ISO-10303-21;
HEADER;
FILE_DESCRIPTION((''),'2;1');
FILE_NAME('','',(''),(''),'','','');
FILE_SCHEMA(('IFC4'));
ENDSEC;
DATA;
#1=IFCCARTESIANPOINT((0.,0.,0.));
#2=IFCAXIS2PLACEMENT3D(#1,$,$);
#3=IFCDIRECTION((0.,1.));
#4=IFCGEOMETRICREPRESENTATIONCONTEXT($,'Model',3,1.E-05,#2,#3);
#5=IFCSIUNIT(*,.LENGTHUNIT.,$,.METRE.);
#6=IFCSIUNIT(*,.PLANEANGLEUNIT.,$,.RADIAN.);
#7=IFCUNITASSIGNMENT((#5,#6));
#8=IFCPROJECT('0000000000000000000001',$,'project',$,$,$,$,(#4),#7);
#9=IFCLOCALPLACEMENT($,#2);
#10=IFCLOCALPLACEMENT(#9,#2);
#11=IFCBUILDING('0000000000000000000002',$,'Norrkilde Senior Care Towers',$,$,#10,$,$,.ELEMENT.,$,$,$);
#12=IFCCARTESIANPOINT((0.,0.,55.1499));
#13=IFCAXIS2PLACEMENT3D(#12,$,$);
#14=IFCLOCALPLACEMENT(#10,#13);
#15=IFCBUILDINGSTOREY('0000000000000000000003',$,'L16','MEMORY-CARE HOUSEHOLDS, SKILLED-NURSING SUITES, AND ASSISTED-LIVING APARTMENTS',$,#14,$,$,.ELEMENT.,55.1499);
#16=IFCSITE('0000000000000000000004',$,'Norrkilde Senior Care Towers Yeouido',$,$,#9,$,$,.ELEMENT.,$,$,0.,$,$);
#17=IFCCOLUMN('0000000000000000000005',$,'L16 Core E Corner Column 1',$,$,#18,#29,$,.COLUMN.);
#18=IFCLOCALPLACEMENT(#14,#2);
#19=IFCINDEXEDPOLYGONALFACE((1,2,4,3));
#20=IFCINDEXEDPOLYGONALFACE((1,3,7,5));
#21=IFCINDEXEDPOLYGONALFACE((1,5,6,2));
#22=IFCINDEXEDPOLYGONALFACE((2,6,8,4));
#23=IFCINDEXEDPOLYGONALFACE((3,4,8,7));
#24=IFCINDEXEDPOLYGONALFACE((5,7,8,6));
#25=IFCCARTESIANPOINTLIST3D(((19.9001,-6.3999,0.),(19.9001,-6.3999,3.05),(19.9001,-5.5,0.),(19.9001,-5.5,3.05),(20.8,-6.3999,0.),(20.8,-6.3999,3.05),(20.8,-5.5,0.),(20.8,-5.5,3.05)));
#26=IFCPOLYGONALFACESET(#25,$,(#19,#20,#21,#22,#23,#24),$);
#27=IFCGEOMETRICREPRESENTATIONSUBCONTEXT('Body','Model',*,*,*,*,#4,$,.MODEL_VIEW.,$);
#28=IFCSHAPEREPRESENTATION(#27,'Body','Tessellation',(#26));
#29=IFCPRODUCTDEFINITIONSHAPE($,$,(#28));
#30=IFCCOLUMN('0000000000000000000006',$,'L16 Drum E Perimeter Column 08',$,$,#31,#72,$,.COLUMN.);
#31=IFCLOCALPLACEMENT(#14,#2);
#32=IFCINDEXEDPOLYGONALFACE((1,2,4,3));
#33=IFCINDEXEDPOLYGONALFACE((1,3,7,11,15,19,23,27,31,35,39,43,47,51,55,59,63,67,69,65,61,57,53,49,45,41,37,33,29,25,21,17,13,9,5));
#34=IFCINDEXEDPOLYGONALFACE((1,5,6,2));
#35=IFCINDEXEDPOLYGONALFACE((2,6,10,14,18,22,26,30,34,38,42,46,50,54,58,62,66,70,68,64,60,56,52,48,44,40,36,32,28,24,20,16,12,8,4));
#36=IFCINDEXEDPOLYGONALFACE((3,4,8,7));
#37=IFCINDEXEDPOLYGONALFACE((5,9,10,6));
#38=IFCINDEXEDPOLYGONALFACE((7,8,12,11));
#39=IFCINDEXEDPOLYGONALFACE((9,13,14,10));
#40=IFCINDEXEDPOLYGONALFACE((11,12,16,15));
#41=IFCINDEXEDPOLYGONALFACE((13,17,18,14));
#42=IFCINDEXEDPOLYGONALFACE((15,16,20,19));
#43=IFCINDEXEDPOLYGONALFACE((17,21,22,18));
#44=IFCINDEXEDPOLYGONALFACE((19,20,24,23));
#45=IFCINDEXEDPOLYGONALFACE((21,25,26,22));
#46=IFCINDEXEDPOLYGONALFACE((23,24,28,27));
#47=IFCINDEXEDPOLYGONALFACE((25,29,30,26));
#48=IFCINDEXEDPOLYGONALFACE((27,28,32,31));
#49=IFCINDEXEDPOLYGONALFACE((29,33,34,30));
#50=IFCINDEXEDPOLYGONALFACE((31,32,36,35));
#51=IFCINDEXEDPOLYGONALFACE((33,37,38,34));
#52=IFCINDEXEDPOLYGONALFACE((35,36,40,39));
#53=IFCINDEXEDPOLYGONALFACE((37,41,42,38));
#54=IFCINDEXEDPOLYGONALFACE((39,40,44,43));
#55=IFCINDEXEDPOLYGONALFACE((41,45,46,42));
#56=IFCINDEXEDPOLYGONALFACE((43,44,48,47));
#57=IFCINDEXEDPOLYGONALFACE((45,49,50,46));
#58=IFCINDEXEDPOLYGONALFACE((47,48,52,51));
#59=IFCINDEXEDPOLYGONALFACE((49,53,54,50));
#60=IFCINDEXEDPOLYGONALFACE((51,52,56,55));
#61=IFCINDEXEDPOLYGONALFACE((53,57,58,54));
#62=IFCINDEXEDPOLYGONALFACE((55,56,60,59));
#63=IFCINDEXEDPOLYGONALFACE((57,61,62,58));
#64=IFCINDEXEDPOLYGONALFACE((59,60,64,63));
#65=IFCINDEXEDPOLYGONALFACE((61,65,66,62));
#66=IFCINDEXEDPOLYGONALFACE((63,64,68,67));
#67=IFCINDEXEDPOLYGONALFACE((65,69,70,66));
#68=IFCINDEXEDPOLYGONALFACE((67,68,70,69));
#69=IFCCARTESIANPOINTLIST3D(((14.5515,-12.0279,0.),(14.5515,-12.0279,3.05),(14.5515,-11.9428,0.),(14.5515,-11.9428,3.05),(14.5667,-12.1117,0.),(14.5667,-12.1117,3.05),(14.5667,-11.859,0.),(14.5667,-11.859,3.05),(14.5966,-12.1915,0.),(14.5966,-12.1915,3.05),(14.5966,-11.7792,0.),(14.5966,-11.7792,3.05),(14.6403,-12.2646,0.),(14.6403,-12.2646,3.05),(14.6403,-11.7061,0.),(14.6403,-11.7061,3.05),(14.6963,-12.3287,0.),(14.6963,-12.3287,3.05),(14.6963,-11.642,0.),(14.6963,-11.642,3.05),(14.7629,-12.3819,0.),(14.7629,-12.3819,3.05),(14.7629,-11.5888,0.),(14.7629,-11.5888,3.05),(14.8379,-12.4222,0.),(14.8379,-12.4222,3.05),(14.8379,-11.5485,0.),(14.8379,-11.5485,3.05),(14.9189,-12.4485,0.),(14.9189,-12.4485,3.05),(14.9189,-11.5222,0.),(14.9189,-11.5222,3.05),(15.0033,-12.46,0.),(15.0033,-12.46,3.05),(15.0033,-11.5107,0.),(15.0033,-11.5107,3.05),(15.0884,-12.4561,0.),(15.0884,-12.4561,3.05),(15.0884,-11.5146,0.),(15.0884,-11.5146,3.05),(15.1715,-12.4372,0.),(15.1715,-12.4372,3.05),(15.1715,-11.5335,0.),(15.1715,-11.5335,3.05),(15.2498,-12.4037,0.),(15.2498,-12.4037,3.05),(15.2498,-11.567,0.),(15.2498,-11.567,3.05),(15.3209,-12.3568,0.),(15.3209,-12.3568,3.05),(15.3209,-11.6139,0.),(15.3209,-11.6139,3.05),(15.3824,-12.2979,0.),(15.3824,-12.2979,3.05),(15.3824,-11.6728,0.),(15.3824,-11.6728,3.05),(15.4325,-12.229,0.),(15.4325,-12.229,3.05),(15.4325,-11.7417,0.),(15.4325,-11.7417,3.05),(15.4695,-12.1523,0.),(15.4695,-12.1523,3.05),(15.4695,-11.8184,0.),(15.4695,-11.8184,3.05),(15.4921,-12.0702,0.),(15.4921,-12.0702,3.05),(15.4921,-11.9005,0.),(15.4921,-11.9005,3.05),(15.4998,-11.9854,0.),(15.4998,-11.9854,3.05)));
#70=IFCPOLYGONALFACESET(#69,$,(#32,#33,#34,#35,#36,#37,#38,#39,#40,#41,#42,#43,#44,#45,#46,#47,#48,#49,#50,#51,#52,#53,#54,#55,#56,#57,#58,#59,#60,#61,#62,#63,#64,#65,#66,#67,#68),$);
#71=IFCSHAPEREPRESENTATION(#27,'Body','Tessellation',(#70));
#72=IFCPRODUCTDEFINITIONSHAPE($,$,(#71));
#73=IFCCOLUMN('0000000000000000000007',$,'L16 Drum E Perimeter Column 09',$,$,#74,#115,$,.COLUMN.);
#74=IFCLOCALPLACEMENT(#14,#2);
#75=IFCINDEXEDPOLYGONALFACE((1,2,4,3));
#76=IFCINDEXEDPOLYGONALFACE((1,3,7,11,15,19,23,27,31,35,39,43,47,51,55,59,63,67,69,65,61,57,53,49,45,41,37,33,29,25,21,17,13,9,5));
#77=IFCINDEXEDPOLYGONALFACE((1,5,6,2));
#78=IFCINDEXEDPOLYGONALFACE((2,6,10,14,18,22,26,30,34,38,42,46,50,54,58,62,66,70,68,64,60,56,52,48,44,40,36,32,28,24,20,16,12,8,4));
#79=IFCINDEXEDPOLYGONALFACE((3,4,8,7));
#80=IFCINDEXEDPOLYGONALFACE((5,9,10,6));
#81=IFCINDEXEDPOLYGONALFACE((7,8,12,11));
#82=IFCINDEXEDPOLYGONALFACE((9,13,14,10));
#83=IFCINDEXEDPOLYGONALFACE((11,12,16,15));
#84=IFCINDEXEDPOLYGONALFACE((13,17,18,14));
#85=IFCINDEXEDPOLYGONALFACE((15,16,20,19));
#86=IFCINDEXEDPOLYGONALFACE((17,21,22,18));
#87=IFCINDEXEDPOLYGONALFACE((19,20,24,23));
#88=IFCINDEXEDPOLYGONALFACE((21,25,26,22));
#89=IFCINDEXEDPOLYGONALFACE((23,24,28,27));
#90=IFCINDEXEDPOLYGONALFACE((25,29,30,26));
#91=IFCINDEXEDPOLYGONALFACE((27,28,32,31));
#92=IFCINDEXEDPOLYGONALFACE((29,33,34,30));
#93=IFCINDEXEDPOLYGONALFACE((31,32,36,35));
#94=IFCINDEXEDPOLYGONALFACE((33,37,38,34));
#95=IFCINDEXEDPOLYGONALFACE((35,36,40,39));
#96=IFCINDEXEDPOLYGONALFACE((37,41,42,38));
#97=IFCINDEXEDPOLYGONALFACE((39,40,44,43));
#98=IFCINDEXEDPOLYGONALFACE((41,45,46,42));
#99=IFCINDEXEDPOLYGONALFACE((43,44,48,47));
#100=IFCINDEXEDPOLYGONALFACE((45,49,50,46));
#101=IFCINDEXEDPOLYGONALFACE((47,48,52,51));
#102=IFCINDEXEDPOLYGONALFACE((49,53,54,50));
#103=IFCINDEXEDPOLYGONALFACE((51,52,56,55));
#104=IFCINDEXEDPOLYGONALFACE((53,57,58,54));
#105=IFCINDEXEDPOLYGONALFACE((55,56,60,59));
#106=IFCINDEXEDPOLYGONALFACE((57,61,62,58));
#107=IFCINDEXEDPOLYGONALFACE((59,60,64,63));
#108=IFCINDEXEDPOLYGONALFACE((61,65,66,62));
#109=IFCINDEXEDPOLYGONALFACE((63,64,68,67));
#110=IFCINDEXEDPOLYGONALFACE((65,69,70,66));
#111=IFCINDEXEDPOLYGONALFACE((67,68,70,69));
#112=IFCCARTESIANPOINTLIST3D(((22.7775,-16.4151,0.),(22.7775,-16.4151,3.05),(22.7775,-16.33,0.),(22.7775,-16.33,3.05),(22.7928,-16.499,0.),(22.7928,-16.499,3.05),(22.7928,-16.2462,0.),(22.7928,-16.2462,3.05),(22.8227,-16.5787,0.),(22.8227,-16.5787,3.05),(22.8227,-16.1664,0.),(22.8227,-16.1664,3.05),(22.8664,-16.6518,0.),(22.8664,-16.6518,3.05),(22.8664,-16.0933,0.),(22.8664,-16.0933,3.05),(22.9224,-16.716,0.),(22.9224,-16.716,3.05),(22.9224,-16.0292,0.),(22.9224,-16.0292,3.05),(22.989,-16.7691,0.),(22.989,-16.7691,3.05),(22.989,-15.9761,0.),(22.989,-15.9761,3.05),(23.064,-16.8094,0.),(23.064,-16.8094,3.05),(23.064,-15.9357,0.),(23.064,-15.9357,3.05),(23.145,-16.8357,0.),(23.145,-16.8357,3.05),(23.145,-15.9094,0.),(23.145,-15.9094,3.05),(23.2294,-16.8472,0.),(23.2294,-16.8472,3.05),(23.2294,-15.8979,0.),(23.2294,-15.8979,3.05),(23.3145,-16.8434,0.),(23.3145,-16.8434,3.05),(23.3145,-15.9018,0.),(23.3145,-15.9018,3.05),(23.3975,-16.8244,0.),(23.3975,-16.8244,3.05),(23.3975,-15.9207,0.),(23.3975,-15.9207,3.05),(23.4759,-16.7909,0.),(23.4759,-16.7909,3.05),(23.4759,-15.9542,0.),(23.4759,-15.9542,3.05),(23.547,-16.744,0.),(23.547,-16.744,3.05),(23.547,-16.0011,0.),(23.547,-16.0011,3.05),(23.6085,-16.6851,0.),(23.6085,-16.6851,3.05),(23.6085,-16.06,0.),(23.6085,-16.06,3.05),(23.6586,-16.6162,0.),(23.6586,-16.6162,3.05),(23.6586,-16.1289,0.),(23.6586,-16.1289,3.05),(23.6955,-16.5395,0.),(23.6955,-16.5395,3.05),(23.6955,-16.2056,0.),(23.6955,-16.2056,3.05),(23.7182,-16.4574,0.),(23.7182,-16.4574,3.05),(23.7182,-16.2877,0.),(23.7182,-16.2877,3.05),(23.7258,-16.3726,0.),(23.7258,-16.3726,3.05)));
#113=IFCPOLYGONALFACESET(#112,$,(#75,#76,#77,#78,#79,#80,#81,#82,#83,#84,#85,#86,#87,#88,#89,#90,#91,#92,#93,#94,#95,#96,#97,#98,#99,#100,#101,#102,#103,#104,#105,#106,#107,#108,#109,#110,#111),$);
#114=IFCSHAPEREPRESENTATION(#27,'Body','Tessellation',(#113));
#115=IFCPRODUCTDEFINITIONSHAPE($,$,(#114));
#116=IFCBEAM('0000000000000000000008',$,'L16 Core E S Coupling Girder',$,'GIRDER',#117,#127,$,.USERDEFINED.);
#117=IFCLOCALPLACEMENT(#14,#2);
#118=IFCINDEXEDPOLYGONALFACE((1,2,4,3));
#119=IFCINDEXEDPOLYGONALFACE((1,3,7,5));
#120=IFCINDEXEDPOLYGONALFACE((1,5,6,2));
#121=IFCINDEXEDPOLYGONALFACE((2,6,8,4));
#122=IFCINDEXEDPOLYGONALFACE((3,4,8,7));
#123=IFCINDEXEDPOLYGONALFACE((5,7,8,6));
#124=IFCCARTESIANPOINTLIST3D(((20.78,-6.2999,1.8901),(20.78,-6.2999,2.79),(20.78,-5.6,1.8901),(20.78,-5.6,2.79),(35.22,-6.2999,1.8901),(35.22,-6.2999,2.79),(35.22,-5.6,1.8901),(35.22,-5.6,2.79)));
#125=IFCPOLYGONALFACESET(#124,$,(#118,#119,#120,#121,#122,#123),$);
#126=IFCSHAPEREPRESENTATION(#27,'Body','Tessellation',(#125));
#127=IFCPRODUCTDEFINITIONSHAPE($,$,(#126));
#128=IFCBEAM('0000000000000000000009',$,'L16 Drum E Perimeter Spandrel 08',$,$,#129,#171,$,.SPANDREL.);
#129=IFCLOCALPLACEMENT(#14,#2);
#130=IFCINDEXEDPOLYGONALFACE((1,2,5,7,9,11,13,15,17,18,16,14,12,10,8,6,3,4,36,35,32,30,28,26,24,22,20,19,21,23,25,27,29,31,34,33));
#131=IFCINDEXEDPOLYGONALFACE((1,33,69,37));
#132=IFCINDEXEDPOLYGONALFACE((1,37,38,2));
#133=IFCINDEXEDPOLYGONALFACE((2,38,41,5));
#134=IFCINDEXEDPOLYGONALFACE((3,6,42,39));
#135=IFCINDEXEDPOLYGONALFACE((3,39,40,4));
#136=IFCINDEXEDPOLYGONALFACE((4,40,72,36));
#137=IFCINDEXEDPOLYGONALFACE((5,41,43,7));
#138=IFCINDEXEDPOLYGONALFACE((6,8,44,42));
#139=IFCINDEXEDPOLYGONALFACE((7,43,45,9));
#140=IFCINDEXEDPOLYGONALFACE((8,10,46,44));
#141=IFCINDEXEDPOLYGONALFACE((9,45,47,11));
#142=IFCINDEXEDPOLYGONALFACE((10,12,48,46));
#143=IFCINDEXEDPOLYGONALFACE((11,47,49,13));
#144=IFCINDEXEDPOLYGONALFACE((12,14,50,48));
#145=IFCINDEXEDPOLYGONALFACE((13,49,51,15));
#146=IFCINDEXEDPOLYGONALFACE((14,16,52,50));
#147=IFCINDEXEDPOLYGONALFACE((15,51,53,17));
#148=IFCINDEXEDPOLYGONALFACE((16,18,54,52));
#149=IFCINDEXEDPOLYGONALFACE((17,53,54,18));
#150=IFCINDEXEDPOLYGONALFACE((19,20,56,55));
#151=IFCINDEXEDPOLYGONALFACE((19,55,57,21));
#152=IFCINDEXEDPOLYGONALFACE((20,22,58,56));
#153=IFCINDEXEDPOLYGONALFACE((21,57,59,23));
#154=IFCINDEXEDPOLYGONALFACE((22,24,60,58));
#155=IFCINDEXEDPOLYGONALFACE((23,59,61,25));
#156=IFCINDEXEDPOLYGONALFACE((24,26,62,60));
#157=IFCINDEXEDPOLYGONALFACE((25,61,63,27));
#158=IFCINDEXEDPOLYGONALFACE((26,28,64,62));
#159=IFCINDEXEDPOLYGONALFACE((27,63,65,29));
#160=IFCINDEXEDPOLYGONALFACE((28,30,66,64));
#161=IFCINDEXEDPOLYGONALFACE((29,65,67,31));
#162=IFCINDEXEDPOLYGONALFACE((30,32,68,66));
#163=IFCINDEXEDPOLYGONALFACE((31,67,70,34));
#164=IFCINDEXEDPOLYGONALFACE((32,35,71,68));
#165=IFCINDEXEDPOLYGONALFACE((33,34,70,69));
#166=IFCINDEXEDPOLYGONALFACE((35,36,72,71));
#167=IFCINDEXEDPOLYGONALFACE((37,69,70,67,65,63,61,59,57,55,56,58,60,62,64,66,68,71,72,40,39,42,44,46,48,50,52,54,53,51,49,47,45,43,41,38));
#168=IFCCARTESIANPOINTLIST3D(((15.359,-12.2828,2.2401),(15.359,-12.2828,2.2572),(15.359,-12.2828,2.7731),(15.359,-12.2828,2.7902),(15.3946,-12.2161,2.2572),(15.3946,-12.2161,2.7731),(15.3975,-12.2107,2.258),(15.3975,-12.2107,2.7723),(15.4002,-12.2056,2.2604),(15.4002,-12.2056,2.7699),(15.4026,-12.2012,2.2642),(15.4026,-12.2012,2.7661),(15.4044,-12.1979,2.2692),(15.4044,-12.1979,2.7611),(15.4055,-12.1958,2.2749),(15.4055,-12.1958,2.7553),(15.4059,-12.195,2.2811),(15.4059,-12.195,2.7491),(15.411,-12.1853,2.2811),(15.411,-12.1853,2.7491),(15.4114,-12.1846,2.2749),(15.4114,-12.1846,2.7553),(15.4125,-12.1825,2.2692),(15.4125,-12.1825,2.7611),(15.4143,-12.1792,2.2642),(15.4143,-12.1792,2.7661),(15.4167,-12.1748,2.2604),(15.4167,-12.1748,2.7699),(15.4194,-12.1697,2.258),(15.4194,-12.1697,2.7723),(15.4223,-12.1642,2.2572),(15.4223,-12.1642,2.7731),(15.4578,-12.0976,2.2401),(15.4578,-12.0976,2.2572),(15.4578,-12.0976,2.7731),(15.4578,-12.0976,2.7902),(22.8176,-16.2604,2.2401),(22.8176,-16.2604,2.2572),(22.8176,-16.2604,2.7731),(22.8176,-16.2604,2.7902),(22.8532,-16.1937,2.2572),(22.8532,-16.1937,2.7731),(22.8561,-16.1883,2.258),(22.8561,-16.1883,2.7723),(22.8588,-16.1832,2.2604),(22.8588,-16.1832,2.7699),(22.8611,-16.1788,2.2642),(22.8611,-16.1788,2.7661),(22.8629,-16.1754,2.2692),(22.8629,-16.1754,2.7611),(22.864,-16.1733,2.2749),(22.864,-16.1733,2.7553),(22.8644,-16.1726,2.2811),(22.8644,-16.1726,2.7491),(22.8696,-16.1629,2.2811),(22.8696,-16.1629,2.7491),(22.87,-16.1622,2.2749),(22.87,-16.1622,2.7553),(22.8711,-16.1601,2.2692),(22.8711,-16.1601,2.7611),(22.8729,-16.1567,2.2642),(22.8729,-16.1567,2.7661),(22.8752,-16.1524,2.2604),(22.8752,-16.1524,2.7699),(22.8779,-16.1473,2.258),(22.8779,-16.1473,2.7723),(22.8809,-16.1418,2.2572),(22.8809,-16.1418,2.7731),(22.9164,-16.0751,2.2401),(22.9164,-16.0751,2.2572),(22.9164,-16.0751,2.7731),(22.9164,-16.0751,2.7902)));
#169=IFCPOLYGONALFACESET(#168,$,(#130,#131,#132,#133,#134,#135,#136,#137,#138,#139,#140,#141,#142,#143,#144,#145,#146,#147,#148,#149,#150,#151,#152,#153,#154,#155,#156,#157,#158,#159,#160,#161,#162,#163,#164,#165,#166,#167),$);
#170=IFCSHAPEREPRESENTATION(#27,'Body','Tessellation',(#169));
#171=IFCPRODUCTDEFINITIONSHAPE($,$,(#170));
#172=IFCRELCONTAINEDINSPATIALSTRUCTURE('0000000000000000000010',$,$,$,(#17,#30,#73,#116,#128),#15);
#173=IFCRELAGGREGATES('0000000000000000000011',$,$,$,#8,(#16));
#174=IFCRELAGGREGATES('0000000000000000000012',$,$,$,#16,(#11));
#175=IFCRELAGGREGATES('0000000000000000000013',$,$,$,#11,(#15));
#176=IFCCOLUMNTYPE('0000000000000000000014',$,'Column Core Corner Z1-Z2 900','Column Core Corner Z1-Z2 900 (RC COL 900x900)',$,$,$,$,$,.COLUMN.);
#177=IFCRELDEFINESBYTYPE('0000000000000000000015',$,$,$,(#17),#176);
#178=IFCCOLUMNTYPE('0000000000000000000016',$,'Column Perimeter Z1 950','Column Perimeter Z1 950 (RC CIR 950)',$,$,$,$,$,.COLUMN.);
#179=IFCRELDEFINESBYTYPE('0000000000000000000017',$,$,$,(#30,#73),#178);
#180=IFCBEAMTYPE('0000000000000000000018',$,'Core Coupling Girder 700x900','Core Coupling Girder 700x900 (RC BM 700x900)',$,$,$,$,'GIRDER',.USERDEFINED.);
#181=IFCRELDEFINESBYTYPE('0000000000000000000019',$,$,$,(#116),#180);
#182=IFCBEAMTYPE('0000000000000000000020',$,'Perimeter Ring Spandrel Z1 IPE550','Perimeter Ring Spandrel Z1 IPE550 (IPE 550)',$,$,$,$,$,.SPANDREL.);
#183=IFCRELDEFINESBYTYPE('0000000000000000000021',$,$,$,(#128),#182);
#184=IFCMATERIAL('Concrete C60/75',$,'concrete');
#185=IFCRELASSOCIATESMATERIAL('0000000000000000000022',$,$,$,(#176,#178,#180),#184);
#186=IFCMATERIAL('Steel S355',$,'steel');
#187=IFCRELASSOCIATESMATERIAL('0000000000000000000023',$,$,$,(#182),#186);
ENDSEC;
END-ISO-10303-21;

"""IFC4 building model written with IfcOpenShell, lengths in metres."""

from ifc_helpers import new_model, si_unit, direction, frame, origin, origin_2d, place, context, subcontext, project, spatial, rectangle, circle, i_section, extrude, source, transform, mapped, material, material_profile, profile_set, type_object, type_shapes, element, save


model = new_model("IFC4")

# Units and contexts
model_context = context("Model", 3, precision=1e-05, world=origin(), true_north=direction((0.0, 1.0)))
body_context = subcontext(model_context, "Body", "Model", "MODEL_VIEW")
ifc_project = project(units=[si_unit("LENGTHUNIT", "METRE"), si_unit("PLANEANGLEUNIT", "RADIAN")], contexts=[model_context])

# Site, building, storey
site_placement = place(None, origin())
site = spatial("IfcSite", under=ifc_project, at=site_placement, Name="Norrkilde Senior Care Towers Yeouido", CompositionType="ELEMENT", RefElevation=0.0)
building_placement = place(site_placement, origin())
building = spatial("IfcBuilding", under=site, at=building_placement, Name="Norrkilde Senior Care Towers", CompositionType="ELEMENT")
storey_placement = place(building_placement, frame((0.0, 0.0, 55.1499)))
storey = spatial("IfcBuildingStorey", under=building, at=storey_placement, Name="L16", Description="MEMORY-CARE HOUSEHOLDS, SKILLED-NURSING SUITES, AND ASSISTED-LIVING APARTMENTS", CompositionType="ELEMENT", Elevation=55.1499)

# Columns
ifc_material_1 = material(Name="Concrete C60/75", Category="concrete")
ifc_material_profile_1 = material_profile(ifc_material_1, rectangle(XDim=0.8999, YDim=0.8999, at=origin_2d()), Name="RC COL 900x900")
ifc_profile_set_1 = profile_set([ifc_material_profile_1], Name="Concrete C60/75")
column_type_1 = type_object("IfcColumnType", Name="Column Core Corner Z1-Z2 900", Description="Column Core Corner Z1-Z2 900 (RC COL 900x900)", PredefinedType="COLUMN", material=ifc_profile_set_1)
shared_shape_1 = source(origin(), body_context, "Body", "SweptSolid", [
    extrude(rectangle(XDim=0.8999, YDim=0.8999, at=origin_2d()), origin(), (0.0, 0.0, 1.0), 3.05),
])
type_shapes(column_type_1, [shared_shape_1])
column_placement = place(storey_placement, frame((20.3501, -5.95, 0.0), z_axis=(0.0, 0.0, 1.0), x_axis=(1.0, 0.0, 0.0)))
element("IfcColumn", 1, at=column_placement, inside=storey, type_object=column_type_1, Name="L16 Core E Corner Column 1", PredefinedType="COLUMN", context=body_context, shape_type="MappedRepresentation", body=[
    mapped(shared_shape_1, transform((0.0, 0.0, 0.0), x_axis=(1.0, 0.0, 0.0), y_axis=(0.0, 1.0, 0.0), z_axis=(0.0, 0.0, 1.0), scale=1.0)),
])
ifc_material_profile_2 = material_profile(ifc_material_1, circle(Radius=0.4751, at=origin_2d()), Name="RC CIR 950")
ifc_profile_set_2 = profile_set([ifc_material_profile_2], Name="Concrete C60/75")
column_type_2 = type_object("IfcColumnType", Name="Column Perimeter Z1 950", Description="Column Perimeter Z1 950 (RC CIR 950)", PredefinedType="COLUMN", material=ifc_profile_set_2)
shared_shape_2 = source(origin(), body_context, "Body", "SweptSolid", [
    extrude(circle(Radius=0.4751, at=origin_2d()), origin(), (0.0, 0.0, 1.0), 3.05),
])
type_shapes(column_type_2, [shared_shape_2])
for number, where, z_axis, x_axis, name in (
    (2, (15.0247, -11.9854, 0.0), (0.0, 0.0, 1.0), (1.0, 0.0, 0.0), "L16 Drum E Perimeter Column 08"),
    (3, (23.2507, -16.3726, 0.0), (0.0, 0.0, 1.0), (1.0, 0.0, 0.0), "L16 Drum E Perimeter Column 09"),
):
    element("IfcColumn", number, at=place(storey_placement, frame(where, z_axis=z_axis, x_axis=x_axis)), inside=storey, type_object=column_type_2, Name=name, PredefinedType="COLUMN", context=body_context, shape_type="MappedRepresentation", body=[
        mapped(shared_shape_2, transform((0.0, 0.0, 0.0), x_axis=(1.0, 0.0, 0.0), y_axis=(0.0, 1.0, 0.0), z_axis=(0.0, 0.0, 1.0), scale=1.0)),
    ])

# Beams
ifc_material_profile_3 = material_profile(ifc_material_1, rectangle(XDim=0.7, YDim=0.8999, at=origin_2d()), Name="RC BM 700x900")
ifc_profile_set_3 = profile_set([ifc_material_profile_3], Name="Concrete C60/75")
beam_type_1 = type_object("IfcBeamType", Name="Core Coupling Girder 700x900", Description="Core Coupling Girder 700x900 (RC BM 700x900)", ElementType="GIRDER", PredefinedType="USERDEFINED", material=ifc_profile_set_3)
shared_shape_3 = source(origin(), body_context, "Body", "SweptSolid", [
    extrude(rectangle(XDim=0.7, YDim=0.8999, at=origin_2d()), origin(), (0.0, 0.0, 1.0), 14.4399),
])
type_shapes(beam_type_1, [shared_shape_3])
beam_1_placement = place(storey_placement, frame((20.78, -5.95, 2.3401), z_axis=(1.0, 0.0, 0.0), x_axis=(0.0, 1.0, 0.0)))
element("IfcBeam", 4, at=beam_1_placement, inside=storey, type_object=beam_type_1, Name="L16 Core E S Coupling Girder", ObjectType="GIRDER", PredefinedType="USERDEFINED", context=body_context, shape_type="MappedRepresentation", body=[
    mapped(shared_shape_3, transform((0.0, 0.0, 0.0), x_axis=(1.0, 0.0, 0.0), y_axis=(0.0, 1.0, 0.0), z_axis=(0.0, 0.0, 1.0), scale=1.0)),
])
ifc_material_2 = material(Name="Steel S355", Category="steel")
ifc_material_profile_4 = material_profile(ifc_material_2, i_section(OverallWidth=0.21, OverallDepth=0.55, WebThickness=0.011, FlangeThickness=0.0171, FilletRadius=0.0239, at=origin_2d()), Name="IPE 550")
ifc_profile_set_4 = profile_set([ifc_material_profile_4], Name="Steel S355")
beam_type_2 = type_object("IfcBeamType", Name="Perimeter Ring Spandrel Z1 IPE550", Description="Perimeter Ring Spandrel Z1 IPE550 (IPE 550)", PredefinedType="SPANDREL", material=ifc_profile_set_4)
shared_shape_4 = source(origin(), body_context, "Body", "SweptSolid", [
    extrude(i_section(OverallWidth=0.21, OverallDepth=0.55, WebThickness=0.011, FlangeThickness=0.0171, FilletRadius=0.0239, at=origin_2d()), origin(), (0.0, 0.0, 1.0), 8.4529),
])
beam_2_placement = place(storey_placement, frame((15.4084, -12.1902, 2.5151), z_axis=(0.882369, -0.470558, 0.0), x_axis=(0.470558, 0.882369, 0.0)))
element("IfcBeam", 5, at=beam_2_placement, inside=storey, type_object=beam_type_2, Name="L16 Drum E Perimeter Spandrel 08", PredefinedType="SPANDREL", context=body_context, shape_type="MappedRepresentation", body=[
    mapped(shared_shape_4, transform((0.0, 0.0, 0.0), x_axis=(1.0, 0.0, 0.0), y_axis=(0.0, 1.0, 0.0), z_axis=(0.0, 0.0, 1.0), scale=1.0)),
])

save(model, "model.ifc")
